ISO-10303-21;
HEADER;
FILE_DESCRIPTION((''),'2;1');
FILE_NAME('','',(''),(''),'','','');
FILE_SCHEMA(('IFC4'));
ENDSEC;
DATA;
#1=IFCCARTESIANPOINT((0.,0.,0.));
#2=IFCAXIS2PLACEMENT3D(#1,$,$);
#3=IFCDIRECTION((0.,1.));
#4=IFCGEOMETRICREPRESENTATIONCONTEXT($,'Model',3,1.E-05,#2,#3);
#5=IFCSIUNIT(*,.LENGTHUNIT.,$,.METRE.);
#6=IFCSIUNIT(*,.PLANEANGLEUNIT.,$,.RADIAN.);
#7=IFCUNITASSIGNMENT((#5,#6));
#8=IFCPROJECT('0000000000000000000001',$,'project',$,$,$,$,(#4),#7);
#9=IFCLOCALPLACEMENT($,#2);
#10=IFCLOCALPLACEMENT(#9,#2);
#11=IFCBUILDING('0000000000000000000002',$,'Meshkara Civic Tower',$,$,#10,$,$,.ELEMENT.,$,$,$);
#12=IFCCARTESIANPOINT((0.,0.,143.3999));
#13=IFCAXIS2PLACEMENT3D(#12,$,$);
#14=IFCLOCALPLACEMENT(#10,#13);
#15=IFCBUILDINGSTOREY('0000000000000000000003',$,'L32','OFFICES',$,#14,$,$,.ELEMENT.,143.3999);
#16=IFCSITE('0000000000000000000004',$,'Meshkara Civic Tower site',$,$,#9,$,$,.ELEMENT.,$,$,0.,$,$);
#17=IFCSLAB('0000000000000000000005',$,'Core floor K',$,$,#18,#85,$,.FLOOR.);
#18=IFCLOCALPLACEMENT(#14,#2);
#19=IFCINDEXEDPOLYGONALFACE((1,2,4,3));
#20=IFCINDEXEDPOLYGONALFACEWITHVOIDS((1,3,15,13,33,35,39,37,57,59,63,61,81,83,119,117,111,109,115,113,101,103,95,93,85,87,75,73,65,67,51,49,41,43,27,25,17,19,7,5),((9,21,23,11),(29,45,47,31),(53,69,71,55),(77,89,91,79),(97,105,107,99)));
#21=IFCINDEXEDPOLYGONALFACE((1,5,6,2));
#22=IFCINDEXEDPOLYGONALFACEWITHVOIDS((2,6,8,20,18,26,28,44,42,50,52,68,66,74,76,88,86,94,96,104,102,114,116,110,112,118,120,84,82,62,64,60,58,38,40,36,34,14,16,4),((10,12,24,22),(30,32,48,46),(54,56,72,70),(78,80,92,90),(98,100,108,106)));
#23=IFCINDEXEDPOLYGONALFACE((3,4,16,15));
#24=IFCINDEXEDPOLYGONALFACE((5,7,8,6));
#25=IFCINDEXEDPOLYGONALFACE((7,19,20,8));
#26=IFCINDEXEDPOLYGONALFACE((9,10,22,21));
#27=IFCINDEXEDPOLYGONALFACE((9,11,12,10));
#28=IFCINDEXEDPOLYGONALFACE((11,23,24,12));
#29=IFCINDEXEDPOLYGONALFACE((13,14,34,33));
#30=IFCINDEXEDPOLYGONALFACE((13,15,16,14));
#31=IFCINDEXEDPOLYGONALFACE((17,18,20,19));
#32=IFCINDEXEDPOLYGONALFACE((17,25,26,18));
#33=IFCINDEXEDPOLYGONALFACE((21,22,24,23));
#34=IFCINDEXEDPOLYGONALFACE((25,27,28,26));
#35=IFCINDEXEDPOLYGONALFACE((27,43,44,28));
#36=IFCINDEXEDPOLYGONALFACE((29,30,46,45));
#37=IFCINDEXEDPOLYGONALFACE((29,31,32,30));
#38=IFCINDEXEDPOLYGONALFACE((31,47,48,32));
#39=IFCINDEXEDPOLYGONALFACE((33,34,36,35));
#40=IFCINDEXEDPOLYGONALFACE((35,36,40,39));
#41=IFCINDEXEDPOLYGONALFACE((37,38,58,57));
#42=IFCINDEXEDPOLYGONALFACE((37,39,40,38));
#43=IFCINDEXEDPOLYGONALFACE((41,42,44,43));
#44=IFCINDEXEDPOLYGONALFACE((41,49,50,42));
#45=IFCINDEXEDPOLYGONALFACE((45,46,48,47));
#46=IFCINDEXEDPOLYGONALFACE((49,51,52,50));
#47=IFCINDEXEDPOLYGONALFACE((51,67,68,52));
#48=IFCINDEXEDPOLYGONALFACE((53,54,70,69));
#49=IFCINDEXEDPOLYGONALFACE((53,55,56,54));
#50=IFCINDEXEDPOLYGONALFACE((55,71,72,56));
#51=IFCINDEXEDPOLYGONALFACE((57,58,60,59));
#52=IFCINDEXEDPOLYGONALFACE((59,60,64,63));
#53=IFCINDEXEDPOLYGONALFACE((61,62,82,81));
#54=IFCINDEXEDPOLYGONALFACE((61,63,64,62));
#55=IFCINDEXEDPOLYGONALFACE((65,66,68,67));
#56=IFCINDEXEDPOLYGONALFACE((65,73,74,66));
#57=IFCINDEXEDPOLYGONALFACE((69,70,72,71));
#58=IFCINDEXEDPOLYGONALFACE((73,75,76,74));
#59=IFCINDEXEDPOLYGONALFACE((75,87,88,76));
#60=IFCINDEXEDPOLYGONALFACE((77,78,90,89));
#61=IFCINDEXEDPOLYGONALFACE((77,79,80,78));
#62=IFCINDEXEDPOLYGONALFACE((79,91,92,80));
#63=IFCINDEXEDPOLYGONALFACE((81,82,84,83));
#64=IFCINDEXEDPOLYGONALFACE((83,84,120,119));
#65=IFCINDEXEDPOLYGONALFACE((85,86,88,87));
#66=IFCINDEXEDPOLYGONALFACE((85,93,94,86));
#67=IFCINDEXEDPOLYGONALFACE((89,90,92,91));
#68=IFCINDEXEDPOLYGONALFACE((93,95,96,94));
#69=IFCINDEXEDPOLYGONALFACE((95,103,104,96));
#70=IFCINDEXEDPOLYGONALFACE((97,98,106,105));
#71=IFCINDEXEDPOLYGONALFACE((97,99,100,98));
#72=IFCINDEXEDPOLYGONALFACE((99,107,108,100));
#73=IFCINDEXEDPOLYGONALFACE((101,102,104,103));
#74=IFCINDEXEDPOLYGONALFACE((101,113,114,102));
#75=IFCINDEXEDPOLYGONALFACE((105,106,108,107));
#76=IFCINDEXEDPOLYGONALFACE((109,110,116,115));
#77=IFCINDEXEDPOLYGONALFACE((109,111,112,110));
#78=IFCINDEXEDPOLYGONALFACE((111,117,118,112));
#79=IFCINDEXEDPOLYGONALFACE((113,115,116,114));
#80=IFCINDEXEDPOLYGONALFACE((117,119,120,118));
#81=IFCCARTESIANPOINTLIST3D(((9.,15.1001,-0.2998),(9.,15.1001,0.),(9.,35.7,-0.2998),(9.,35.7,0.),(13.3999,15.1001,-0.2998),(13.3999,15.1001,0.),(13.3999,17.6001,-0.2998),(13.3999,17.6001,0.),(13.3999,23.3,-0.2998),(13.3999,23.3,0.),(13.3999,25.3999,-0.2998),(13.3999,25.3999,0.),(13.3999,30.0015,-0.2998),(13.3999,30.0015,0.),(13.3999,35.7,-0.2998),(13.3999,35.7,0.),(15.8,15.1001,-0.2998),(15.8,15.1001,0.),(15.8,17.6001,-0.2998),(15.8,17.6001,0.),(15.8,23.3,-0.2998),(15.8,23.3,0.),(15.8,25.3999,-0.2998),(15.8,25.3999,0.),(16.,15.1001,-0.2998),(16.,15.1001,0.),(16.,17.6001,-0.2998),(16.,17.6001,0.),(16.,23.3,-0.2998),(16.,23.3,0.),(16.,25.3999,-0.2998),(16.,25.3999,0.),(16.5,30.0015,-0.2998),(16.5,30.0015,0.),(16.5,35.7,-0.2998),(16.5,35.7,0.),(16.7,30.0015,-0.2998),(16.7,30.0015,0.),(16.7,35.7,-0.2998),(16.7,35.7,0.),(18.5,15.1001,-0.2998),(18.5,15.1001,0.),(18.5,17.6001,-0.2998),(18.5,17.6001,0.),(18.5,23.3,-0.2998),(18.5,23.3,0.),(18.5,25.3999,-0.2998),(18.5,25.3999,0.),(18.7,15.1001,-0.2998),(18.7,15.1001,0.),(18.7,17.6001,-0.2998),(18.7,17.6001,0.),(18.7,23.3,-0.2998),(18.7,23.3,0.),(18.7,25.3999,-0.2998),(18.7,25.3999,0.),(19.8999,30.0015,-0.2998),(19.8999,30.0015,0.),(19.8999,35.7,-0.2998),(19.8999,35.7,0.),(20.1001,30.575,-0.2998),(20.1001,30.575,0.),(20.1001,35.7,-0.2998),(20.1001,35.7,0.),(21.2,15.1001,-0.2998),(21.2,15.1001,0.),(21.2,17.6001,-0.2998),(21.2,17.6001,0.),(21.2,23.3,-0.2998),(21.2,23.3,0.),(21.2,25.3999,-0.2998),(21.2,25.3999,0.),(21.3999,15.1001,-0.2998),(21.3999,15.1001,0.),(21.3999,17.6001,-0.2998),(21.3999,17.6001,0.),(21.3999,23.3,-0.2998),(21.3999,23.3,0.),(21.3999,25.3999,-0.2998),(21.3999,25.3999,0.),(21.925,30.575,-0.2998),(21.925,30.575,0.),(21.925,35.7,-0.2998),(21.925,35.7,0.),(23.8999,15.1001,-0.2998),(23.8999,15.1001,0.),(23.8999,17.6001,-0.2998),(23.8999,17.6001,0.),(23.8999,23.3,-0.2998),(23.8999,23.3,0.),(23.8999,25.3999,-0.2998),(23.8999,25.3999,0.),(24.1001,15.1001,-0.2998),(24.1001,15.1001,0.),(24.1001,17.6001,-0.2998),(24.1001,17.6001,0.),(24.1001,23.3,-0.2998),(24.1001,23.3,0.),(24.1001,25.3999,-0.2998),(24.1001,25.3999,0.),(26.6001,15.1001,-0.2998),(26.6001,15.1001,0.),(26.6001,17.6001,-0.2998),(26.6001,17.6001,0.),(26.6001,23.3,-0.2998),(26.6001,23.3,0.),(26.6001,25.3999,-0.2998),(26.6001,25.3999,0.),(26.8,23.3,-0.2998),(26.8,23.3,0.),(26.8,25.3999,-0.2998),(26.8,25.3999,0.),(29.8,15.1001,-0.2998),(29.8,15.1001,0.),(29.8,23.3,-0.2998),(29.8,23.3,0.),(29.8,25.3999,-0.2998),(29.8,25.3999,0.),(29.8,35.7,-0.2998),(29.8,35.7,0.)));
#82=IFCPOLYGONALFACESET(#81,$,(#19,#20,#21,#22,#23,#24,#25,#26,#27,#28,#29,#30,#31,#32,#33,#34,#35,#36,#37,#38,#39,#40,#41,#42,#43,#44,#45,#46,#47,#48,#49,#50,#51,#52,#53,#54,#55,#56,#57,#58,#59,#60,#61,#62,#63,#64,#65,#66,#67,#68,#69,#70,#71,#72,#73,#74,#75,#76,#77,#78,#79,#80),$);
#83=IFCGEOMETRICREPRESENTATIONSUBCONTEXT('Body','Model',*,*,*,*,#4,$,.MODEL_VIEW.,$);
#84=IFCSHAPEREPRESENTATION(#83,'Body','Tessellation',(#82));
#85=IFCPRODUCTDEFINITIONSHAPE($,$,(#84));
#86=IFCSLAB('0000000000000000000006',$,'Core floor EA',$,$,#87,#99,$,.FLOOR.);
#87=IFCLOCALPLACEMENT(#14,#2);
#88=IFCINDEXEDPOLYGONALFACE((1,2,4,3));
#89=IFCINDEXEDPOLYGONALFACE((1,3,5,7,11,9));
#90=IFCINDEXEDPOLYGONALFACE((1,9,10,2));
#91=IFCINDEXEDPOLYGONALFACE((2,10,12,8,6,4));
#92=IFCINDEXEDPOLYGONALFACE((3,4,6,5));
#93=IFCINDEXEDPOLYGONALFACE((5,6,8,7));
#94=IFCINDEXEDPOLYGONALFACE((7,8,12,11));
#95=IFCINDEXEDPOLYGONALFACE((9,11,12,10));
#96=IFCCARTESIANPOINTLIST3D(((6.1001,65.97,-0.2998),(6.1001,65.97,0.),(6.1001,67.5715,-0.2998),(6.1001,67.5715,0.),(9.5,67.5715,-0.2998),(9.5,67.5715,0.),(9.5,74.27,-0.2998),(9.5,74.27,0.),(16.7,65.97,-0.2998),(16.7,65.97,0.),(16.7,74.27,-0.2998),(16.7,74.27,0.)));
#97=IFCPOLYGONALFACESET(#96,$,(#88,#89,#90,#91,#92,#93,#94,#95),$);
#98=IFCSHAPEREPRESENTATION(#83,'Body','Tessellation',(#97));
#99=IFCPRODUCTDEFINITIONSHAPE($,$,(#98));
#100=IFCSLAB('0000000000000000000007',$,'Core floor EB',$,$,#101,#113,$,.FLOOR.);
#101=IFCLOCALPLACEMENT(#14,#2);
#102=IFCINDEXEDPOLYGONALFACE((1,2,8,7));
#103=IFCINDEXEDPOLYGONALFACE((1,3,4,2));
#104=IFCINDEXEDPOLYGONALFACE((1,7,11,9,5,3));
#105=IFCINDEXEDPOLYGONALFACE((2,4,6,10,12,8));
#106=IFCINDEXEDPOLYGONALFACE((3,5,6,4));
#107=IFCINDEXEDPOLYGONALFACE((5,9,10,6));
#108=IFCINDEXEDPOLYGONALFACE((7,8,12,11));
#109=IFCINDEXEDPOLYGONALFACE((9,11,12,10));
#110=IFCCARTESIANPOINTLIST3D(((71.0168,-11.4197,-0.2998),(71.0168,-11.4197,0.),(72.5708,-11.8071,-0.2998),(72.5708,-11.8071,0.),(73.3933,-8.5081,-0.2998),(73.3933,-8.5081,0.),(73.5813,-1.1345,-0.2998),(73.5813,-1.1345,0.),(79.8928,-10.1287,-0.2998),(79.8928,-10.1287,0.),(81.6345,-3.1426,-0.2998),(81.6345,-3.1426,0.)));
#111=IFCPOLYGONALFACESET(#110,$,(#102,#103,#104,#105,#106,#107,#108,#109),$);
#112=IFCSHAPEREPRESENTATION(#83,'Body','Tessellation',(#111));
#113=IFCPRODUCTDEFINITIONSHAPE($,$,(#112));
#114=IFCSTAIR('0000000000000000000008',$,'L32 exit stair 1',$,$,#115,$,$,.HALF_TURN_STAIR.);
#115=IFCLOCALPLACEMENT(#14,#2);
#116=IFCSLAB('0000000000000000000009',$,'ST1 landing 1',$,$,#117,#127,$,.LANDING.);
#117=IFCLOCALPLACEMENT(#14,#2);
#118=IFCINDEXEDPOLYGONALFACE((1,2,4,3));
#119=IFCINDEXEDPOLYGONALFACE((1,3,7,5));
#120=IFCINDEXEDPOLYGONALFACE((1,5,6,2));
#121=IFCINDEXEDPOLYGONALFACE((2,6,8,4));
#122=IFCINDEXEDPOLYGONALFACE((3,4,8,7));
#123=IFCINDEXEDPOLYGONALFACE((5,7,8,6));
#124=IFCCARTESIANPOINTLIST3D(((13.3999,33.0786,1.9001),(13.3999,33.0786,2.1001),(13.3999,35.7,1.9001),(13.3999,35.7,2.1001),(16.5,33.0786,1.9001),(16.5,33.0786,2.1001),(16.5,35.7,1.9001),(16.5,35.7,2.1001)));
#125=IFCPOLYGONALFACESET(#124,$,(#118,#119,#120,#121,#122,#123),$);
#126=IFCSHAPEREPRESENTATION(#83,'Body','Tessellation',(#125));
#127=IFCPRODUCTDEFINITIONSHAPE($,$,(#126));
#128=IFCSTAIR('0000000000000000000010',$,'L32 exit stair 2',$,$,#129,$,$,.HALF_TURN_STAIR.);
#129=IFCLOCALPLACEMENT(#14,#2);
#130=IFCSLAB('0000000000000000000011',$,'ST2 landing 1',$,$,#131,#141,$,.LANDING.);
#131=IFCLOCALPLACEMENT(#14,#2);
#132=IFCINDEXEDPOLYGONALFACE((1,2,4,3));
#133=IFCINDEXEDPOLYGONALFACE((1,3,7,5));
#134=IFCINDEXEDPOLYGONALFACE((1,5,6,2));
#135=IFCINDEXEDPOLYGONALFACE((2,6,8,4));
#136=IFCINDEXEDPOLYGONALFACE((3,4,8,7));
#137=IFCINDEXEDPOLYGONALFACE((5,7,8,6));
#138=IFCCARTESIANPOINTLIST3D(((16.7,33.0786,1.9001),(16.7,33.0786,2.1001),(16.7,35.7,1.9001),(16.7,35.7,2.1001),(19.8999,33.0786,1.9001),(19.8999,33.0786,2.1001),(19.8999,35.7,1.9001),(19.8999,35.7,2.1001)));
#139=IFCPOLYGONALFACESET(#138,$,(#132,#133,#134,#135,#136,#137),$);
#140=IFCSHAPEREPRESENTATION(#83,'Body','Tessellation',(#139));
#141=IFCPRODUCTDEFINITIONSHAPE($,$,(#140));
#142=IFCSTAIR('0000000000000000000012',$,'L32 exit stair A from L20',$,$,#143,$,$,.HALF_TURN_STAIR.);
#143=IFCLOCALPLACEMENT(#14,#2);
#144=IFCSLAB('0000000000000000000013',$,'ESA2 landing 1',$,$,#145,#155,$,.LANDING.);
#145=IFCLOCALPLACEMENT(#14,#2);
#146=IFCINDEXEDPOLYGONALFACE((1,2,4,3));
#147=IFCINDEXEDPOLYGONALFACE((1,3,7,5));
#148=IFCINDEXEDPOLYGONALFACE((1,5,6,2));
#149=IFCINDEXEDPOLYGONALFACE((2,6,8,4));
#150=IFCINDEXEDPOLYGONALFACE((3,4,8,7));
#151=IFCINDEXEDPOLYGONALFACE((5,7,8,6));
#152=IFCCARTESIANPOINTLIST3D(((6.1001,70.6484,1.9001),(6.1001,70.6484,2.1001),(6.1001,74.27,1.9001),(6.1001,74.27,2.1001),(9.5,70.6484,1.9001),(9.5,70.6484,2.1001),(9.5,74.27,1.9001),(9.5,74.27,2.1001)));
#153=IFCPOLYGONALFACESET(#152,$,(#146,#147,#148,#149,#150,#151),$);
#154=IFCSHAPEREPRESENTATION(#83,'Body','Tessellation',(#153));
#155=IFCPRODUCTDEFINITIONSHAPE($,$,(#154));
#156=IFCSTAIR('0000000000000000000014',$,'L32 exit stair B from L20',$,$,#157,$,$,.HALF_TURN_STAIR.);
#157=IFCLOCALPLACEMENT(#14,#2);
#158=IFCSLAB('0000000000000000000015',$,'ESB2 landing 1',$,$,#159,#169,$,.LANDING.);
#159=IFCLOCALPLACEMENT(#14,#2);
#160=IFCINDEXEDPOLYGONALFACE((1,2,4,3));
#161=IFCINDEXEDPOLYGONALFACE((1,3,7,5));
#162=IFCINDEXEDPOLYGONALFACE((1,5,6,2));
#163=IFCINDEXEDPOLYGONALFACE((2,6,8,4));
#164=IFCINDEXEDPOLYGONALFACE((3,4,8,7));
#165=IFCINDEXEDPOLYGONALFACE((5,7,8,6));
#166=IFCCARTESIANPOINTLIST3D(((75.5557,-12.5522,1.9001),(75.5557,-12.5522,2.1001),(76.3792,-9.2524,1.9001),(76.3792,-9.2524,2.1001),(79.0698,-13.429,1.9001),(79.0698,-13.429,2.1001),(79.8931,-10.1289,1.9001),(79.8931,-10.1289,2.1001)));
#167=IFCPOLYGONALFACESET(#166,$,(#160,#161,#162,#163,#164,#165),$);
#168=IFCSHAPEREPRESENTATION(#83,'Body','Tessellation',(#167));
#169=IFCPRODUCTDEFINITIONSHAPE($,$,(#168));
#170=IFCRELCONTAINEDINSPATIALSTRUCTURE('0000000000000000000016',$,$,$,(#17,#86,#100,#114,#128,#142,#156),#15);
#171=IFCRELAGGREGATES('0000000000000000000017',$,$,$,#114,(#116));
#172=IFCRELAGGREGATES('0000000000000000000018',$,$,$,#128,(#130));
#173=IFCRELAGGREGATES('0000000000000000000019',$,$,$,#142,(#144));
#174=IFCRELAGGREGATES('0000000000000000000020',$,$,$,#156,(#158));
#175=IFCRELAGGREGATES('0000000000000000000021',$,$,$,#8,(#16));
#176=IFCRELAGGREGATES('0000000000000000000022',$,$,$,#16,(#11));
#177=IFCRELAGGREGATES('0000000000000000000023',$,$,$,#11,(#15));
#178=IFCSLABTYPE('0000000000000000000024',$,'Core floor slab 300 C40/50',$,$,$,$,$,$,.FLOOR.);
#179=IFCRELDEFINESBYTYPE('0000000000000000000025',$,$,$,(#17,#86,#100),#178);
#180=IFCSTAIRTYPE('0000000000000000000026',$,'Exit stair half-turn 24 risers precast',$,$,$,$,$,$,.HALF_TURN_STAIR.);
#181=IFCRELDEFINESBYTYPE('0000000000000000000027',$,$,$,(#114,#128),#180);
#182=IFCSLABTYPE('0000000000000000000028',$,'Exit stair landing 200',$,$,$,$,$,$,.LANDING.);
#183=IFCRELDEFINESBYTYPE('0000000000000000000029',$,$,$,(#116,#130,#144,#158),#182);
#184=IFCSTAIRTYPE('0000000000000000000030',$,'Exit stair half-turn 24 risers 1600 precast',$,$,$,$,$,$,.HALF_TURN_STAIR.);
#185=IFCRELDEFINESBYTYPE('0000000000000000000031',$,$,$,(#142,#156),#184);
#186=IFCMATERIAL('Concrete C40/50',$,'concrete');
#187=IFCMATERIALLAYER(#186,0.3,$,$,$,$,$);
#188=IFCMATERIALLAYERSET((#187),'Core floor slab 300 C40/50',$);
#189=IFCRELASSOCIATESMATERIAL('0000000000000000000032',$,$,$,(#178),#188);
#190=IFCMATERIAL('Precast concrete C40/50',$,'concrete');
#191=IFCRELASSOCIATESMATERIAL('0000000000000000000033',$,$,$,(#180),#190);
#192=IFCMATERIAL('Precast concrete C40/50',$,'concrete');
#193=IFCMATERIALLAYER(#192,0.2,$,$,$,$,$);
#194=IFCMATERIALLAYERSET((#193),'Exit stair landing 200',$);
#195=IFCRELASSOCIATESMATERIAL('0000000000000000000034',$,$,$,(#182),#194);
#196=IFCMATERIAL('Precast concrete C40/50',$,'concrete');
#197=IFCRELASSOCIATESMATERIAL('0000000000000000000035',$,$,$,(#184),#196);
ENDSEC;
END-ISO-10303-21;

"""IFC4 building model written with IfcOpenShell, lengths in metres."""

from ifc_helpers import new_model, si_unit, direction, frame, origin, place, context, subcontext, project, spatial, polyline, outline, extrude, material, layer, layer_set, type_object, element, aggregate, save


model = new_model("IFC4")

# Units and contexts
model_context = context("Model", 3, precision=1e-05, world=origin(), true_north=direction((0.0, 1.0)))
body_context = subcontext(model_context, "Body", "Model", "MODEL_VIEW")
ifc_project = project(units=[si_unit("LENGTHUNIT", "METRE"), si_unit("PLANEANGLEUNIT", "RADIAN")], contexts=[model_context])

# Site, building, storey
site_placement = place(None, origin())
site = spatial("IfcSite", under=ifc_project, at=site_placement, Name="Meshkara Civic Tower site", CompositionType="ELEMENT", RefElevation=0.0)
building_placement = place(site_placement, origin())
building = spatial("IfcBuilding", under=site, at=building_placement, Name="Meshkara Civic Tower", CompositionType="ELEMENT")
storey_placement = place(building_placement, frame((0.0, 0.0, 143.3999)))
storey = spatial("IfcBuildingStorey", under=building, at=storey_placement, Name="L32", Description="OFFICES", CompositionType="ELEMENT", Elevation=143.3999)

# Slabs
ifc_material_1 = material(Name="Concrete C40/50", Category="concrete")
ifc_layer_1 = layer(ifc_material_1, 0.3)
ifc_layer_set_1 = layer_set([ifc_layer_1], Name="Core floor slab 300 C40/50")
slab_type_1 = type_object("IfcSlabType", Name="Core floor slab 300 C40/50", PredefinedType="FLOOR", material=ifc_layer_set_1)
slab_1_placement = place(storey_placement, frame((0.0, 0.0, -0.2998)))
element("IfcSlab", 1, at=slab_1_placement, inside=storey, type_object=slab_type_1, Name="Core floor K", PredefinedType="FLOOR", context=body_context, shape_type="SweptSolid", body=[
    extrude(outline(polyline([(9.0, 35.7), (13.3999, 35.7), (13.3999, 30.0015), (16.5, 30.0015), (16.5, 35.7), (16.7, 35.7), (16.7, 30.0015), (19.8999, 30.0015), (19.8999, 35.7), (20.1001, 35.7), (20.1001, 30.575), (21.925, 30.575), (21.925, 35.7), (29.8, 35.7), (29.8, 25.3999), (26.8, 25.3999), (26.8, 23.3), (29.8, 23.3), (29.8, 15.1001), (26.6001, 15.1001), (26.6001, 17.6001), (24.1001, 17.6001), (24.1001, 15.1001), (23.8999, 15.1001), (23.8999, 17.6001), (21.3999, 17.6001), (21.3999, 15.1001), (21.2, 15.1001), (21.2, 17.6001), (18.7, 17.6001), (18.7, 15.1001), (18.5, 15.1001), (18.5, 17.6001), (16.0, 17.6001), (16.0, 15.1001), (15.8, 15.1001), (15.8, 17.6001), (13.3999, 17.6001), (13.3999, 15.1001), (9.0, 15.1001), (9.0, 35.7)]), holes=[polyline([(13.3999, 25.3999), (13.3999, 23.3), (15.8, 23.3), (15.8, 25.3999), (13.3999, 25.3999)]), polyline([(18.5, 23.3), (18.5, 25.3999), (16.0, 25.3999), (16.0, 23.3), (18.5, 23.3)]), polyline([(18.7, 25.3999), (18.7, 23.3), (21.2, 23.3), (21.2, 25.3999), (18.7, 25.3999)]), polyline([(23.8999, 25.3999), (21.3999, 25.3999), (21.3999, 23.3), (23.8999, 23.3), (23.8999, 25.3999)]), polyline([(24.1001, 23.3), (26.6001, 23.3), (26.6001, 25.3999), (24.1001, 25.3999), (24.1001, 23.3)])]), origin(), (0.0, 0.0, 1.0), 0.2998),
])
slab_2_placement = place(storey_placement, frame((0.0, 0.0, -0.2998)))
element("IfcSlab", 2, at=slab_2_placement, inside=storey, type_object=slab_type_1, Name="Core floor EA", PredefinedType="FLOOR", context=body_context, shape_type="SweptSolid", body=[
    extrude(outline(polyline([(16.7, 65.97), (16.7, 74.27), (9.5, 74.27), (9.5, 67.5715), (6.1001, 67.5715), (6.1001, 65.97), (16.7, 65.97)])), origin(), (0.0, 0.0, 1.0), 0.2998),
])
slab_3_placement = place(storey_placement, frame((0.0, 0.0, -0.2998)))
element("IfcSlab", 3, at=slab_3_placement, inside=storey, type_object=slab_type_1, Name="Core floor EB", PredefinedType="FLOOR", context=body_context, shape_type="SweptSolid", body=[
    extrude(outline(polyline([(73.5813, -1.1345), (81.6345, -3.1426), (79.8928, -10.1287), (73.3933, -8.5081), (72.5708, -11.8071), (71.0168, -11.4197), (73.5813, -1.1345)])), origin(), (0.0, 0.0, 1.0), 0.2998),
])

# Stairs, slabs
ifc_material_2 = material(Name="Precast concrete C40/50", Category="concrete")
stair_type_1 = type_object("IfcStairType", Name="Exit stair half-turn 24 risers precast", PredefinedType="HALF_TURN_STAIR", material=ifc_material_2)
stair_1_placement = place(storey_placement, origin())
stair_1 = element("IfcStair", 4, at=stair_1_placement, inside=storey, type_object=stair_type_1, Name="L32 exit stair 1", PredefinedType="HALF_TURN_STAIR")
ifc_material_3 = material(Name="Precast concrete C40/50", Category="concrete")
ifc_layer_2 = layer(ifc_material_3, 0.2)
ifc_layer_set_2 = layer_set([ifc_layer_2], Name="Exit stair landing 200")
slab_type_2 = type_object("IfcSlabType", Name="Exit stair landing 200", PredefinedType="LANDING", material=ifc_layer_set_2)
slab_4_placement = place(storey_placement, frame((0.0, 0.0, 1.9001)))
slab_4 = element("IfcSlab", 5, at=slab_4_placement, type_object=slab_type_2, Name="ST1 landing 1", PredefinedType="LANDING", context=body_context, shape_type="SweptSolid", body=[
    extrude(outline(polyline([(16.5, 33.0786), (16.5, 35.7), (13.3999, 35.7), (13.3999, 33.0786), (16.5, 33.0786)])), origin(), (0.0, 0.0, 1.0), 0.2),
])
aggregate(stair_1, [slab_4])
stair_2_placement = place(storey_placement, origin())
stair_2 = element("IfcStair", 6, at=stair_2_placement, inside=storey, type_object=stair_type_1, Name="L32 exit stair 2", PredefinedType="HALF_TURN_STAIR")
slab_5_placement = place(storey_placement, frame((0.0, 0.0, 1.9001)))
slab_5 = element("IfcSlab", 7, at=slab_5_placement, type_object=slab_type_2, Name="ST2 landing 1", PredefinedType="LANDING", context=body_context, shape_type="SweptSolid", body=[
    extrude(outline(polyline([(19.8999, 33.0786), (19.8999, 35.7), (16.7, 35.7), (16.7, 33.0786), (19.8999, 33.0786)])), origin(), (0.0, 0.0, 1.0), 0.2),
])
aggregate(stair_2, [slab_5])
ifc_material_4 = material(Name="Precast concrete C40/50", Category="concrete")
stair_type_2 = type_object("IfcStairType", Name="Exit stair half-turn 24 risers 1600 precast", PredefinedType="HALF_TURN_STAIR", material=ifc_material_4)
stair_3_placement = place(storey_placement, origin())
stair_3 = element("IfcStair", 8, at=stair_3_placement, inside=storey, type_object=stair_type_2, Name="L32 exit stair A from L20", PredefinedType="HALF_TURN_STAIR")
slab_6_placement = place(storey_placement, frame((0.0, 0.0, 1.9001)))
slab_6 = element("IfcSlab", 9, at=slab_6_placement, type_object=slab_type_2, Name="ESA2 landing 1", PredefinedType="LANDING", context=body_context, shape_type="SweptSolid", body=[
    extrude(outline(polyline([(9.5, 70.6484), (9.5, 74.27), (6.1001, 74.27), (6.1001, 70.6484), (9.5, 70.6484)])), origin(), (0.0, 0.0, 1.0), 0.2),
])
aggregate(stair_3, [slab_6])
stair_4_placement = place(storey_placement, origin())
stair_4 = element("IfcStair", 10, at=stair_4_placement, inside=storey, type_object=stair_type_2, Name="L32 exit stair B from L20", PredefinedType="HALF_TURN_STAIR")
slab_7_placement = place(storey_placement, frame((0.0, 0.0, 1.9001)))
slab_7 = element("IfcSlab", 11, at=slab_7_placement, type_object=slab_type_2, Name="ESB2 landing 1", PredefinedType="LANDING", context=body_context, shape_type="SweptSolid", body=[
    extrude(outline(polyline([(75.5557, -12.5522), (79.0698, -13.429), (79.8931, -10.1289), (76.3792, -9.2524), (75.5557, -12.5522)])), origin(), (0.0, 0.0, 1.0), 0.2),
])
aggregate(stair_4, [slab_7])

save(model, "model.ifc")
